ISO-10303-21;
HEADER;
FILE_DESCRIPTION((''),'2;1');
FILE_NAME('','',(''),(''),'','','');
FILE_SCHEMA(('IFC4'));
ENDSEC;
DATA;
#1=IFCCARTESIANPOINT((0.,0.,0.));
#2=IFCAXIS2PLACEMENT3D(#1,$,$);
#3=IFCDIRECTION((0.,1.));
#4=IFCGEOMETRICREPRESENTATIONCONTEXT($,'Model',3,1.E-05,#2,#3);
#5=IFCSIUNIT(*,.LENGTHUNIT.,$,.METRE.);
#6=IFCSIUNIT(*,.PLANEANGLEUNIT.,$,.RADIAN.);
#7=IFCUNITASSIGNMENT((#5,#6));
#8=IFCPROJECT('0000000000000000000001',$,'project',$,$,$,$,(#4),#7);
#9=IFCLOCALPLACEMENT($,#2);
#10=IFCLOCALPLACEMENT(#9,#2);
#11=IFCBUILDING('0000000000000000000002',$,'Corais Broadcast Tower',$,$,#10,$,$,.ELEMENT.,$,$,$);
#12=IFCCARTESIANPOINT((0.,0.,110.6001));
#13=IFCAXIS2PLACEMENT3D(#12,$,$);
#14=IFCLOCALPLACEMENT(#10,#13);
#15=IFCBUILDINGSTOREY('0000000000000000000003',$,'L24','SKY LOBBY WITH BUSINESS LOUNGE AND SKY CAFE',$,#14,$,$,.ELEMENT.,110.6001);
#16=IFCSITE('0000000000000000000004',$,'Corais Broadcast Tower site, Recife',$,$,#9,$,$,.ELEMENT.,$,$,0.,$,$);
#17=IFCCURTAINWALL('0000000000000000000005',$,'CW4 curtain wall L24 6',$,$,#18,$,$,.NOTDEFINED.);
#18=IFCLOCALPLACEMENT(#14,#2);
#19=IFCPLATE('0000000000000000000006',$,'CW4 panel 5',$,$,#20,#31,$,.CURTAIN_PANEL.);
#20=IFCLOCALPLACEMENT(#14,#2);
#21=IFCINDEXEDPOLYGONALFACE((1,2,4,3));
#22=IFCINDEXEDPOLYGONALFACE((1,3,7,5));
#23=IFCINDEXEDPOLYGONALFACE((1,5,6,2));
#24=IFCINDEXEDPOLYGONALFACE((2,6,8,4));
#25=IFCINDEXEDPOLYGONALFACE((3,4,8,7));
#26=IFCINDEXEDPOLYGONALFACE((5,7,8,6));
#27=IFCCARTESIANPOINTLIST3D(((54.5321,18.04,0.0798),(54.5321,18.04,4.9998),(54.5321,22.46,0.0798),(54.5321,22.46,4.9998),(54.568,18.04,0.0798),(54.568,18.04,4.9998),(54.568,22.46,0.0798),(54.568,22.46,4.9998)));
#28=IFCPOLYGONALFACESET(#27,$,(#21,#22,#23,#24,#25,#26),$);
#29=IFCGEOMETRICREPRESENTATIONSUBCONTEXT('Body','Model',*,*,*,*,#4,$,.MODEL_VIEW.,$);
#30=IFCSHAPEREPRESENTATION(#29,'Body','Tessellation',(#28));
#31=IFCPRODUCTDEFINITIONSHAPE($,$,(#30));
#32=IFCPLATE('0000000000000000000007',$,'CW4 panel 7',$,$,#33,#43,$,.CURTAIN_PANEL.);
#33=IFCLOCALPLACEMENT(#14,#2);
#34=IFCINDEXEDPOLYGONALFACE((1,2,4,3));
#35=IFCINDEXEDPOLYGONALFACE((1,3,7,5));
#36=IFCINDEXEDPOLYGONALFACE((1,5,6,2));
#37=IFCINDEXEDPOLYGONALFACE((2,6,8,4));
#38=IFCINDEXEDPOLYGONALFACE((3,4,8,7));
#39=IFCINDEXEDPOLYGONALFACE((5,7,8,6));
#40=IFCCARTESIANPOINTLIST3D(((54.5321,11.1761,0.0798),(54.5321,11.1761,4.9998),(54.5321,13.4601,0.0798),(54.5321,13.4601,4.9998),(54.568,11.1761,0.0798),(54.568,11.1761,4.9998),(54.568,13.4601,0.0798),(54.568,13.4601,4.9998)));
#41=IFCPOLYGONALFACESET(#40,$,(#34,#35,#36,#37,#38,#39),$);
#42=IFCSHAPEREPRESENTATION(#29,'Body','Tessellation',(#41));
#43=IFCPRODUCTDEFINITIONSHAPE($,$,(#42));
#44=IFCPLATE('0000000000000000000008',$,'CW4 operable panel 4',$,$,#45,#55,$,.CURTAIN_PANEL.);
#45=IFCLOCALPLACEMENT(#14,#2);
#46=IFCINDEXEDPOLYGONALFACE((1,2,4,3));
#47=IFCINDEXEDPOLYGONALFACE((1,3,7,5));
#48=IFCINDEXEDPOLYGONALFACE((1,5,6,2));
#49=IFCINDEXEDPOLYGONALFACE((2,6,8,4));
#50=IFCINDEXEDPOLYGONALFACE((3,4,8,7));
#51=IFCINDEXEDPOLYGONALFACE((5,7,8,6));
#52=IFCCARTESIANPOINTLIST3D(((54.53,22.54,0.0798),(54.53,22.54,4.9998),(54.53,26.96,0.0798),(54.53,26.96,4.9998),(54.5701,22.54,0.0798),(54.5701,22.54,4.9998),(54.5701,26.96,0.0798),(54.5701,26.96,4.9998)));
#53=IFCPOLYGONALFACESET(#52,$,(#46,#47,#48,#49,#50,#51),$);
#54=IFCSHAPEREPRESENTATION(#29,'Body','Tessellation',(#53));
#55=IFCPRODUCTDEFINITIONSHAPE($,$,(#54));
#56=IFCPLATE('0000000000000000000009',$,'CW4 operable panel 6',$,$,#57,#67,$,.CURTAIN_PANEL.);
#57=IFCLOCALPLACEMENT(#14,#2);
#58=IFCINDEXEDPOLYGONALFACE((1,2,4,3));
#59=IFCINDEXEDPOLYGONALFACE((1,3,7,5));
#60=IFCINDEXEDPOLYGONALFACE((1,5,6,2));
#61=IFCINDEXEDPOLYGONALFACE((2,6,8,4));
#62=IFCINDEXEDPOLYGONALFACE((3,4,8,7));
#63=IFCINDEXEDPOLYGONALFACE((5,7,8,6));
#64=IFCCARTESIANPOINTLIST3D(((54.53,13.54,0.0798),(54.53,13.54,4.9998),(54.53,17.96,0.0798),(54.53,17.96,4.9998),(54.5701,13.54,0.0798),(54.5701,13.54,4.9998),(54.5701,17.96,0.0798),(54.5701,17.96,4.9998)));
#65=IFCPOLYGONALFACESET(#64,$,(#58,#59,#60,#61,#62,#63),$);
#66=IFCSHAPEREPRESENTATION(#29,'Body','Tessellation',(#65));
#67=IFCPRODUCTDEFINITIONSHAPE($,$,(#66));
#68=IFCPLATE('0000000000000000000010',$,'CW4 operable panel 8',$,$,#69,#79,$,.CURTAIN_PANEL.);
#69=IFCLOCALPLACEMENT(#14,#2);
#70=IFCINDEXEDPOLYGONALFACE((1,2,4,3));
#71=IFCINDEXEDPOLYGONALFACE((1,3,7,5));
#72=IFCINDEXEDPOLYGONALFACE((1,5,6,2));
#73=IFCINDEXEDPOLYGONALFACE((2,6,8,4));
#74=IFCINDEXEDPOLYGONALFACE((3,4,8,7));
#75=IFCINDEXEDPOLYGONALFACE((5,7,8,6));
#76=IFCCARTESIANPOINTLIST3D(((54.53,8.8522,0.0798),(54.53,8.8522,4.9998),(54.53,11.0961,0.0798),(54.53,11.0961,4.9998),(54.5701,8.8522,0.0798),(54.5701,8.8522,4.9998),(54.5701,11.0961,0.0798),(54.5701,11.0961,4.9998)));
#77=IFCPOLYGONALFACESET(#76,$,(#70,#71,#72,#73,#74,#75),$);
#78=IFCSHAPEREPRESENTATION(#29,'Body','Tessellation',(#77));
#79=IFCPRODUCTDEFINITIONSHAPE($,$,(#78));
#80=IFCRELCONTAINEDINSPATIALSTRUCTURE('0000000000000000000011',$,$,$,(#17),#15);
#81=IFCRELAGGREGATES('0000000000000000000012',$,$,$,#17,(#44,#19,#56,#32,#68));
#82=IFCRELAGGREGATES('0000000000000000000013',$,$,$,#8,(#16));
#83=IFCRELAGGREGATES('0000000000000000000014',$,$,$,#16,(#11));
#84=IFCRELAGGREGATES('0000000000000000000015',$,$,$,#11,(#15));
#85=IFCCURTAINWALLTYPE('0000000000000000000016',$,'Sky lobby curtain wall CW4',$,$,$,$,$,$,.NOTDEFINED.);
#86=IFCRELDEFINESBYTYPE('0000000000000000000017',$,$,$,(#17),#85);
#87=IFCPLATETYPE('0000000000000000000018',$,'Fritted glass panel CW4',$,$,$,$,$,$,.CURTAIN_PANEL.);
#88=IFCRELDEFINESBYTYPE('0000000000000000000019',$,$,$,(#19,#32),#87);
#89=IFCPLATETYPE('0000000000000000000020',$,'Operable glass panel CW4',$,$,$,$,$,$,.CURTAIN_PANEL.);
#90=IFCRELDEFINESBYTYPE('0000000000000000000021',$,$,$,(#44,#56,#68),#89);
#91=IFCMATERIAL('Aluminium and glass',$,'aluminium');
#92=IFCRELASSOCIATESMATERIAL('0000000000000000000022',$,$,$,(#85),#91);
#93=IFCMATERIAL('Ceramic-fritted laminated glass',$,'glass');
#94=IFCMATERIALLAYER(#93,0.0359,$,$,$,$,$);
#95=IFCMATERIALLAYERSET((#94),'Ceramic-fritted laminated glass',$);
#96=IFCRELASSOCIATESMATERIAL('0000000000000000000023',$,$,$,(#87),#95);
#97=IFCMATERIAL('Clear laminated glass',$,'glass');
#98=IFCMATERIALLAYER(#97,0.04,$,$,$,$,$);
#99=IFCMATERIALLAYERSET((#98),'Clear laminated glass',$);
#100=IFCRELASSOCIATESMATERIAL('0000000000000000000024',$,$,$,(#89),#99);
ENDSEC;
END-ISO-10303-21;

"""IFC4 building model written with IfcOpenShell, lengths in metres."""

from ifc_helpers import new_model, si_unit, direction, frame, origin, origin_2d, place, context, subcontext, project, spatial, rectangle, extrude, material, layer, layer_set, type_object, element, aggregate, save


model = new_model("IFC4")

# Units and contexts
model_context = context("Model", 3, precision=1e-05, world=origin(), true_north=direction((0.0, 1.0)))
body_context = subcontext(model_context, "Body", "Model", "MODEL_VIEW")
ifc_project = project(units=[si_unit("LENGTHUNIT", "METRE"), si_unit("PLANEANGLEUNIT", "RADIAN")], contexts=[model_context])

# Site, building, storey
site_placement = place(None, origin())
site = spatial("IfcSite", under=ifc_project, at=site_placement, Name="Corais Broadcast Tower site, Recife", CompositionType="ELEMENT", RefElevation=0.0)
building_placement = place(site_placement, origin())
building = spatial("IfcBuilding", under=site, at=building_placement, Name="Corais Broadcast Tower", CompositionType="ELEMENT")
storey_placement = place(building_placement, frame((0.0, 0.0, 110.6001)))
storey = spatial("IfcBuildingStorey", under=building, at=storey_placement, Name="L24", Description="SKY LOBBY WITH BUSINESS LOUNGE AND SKY CAFE", CompositionType="ELEMENT", Elevation=110.6001)

# Curtain wall
ifc_material_1 = material(Name="Aluminium and glass", Category="aluminium")
curtain_wall_type = type_object("IfcCurtainWallType", Name="Sky lobby curtain wall CW4", PredefinedType="NOTDEFINED", material=ifc_material_1)
curtain_wall_placement = place(storey_placement, origin())
curtain_wall = element("IfcCurtainWall", 1, at=curtain_wall_placement, inside=storey, type_object=curtain_wall_type, Name="CW4 curtain wall L24 6", PredefinedType="NOTDEFINED")

# Plates
ifc_material_2 = material(Name="Ceramic-fritted laminated glass", Category="glass")
ifc_layer_1 = layer(ifc_material_2, 0.0359)
ifc_layer_set_1 = layer_set([ifc_layer_1], Name="Ceramic-fritted laminated glass")
plate_type_1 = type_object("IfcPlateType", Name="Fritted glass panel CW4", PredefinedType="CURTAIN_PANEL", material=ifc_layer_set_1)
plate_1_placement = place(storey_placement, frame((54.55, 20.25, 0.0798), z_axis=(0.0, 0.0, 1.0), x_axis=(0.0, -1.0, 0.0)))
plate_1 = element("IfcPlate", 2, at=plate_1_placement, type_object=plate_type_1, Name="CW4 panel 5", PredefinedType="CURTAIN_PANEL", context=body_context, shape_type="SweptSolid", body=[
    extrude(rectangle(XDim=4.4199, YDim=0.0359, at=origin_2d()), origin(), (0.0, 0.0, 1.0), 4.9199),
])
plate_2_placement = place(storey_placement, frame((54.55, 12.3181, 0.0798), z_axis=(0.0, 0.0, 1.0), x_axis=(0.0, -1.0, 0.0)))
plate_2 = element("IfcPlate", 3, at=plate_2_placement, type_object=plate_type_1, Name="CW4 panel 7", PredefinedType="CURTAIN_PANEL", context=body_context, shape_type="SweptSolid", body=[
    extrude(rectangle(XDim=2.2839, YDim=0.0359, at=origin_2d()), origin(), (0.0, 0.0, 1.0), 4.9199),
])
ifc_material_3 = material(Name="Clear laminated glass", Category="glass")
ifc_layer_2 = layer(ifc_material_3, 0.04)
ifc_layer_set_2 = layer_set([ifc_layer_2], Name="Clear laminated glass")
plate_type_2 = type_object("IfcPlateType", Name="Operable glass panel CW4", PredefinedType="CURTAIN_PANEL", material=ifc_layer_set_2)
plate_3_placement = place(storey_placement, frame((54.55, 24.75, 0.0798), z_axis=(0.0, 0.0, 1.0), x_axis=(0.0, -1.0, 0.0)))
plate_3 = element("IfcPlate", 4, at=plate_3_placement, type_object=plate_type_2, Name="CW4 operable panel 4", PredefinedType="CURTAIN_PANEL", context=body_context, shape_type="SweptSolid", body=[
    extrude(rectangle(XDim=4.4199, YDim=0.04, at=origin_2d()), origin(), (0.0, 0.0, 1.0), 4.9199),
])
plate_4_placement = place(storey_placement, frame((54.55, 15.75, 0.0798), z_axis=(0.0, 0.0, 1.0), x_axis=(0.0, -1.0, 0.0)))
plate_4 = element("IfcPlate", 5, at=plate_4_placement, type_object=plate_type_2, Name="CW4 operable panel 6", PredefinedType="CURTAIN_PANEL", context=body_context, shape_type="SweptSolid", body=[
    extrude(rectangle(XDim=4.4199, YDim=0.04, at=origin_2d()), origin(), (0.0, 0.0, 1.0), 4.9199),
])
plate_5_placement = place(storey_placement, frame((54.55, 9.9741, 0.0798), z_axis=(0.0, 0.0, 1.0), x_axis=(0.0, -1.0, 0.0)))
plate_5 = element("IfcPlate", 6, at=plate_5_placement, type_object=plate_type_2, Name="CW4 operable panel 8", PredefinedType="CURTAIN_PANEL", context=body_context, shape_type="SweptSolid", body=[
    extrude(rectangle(XDim=2.2439, YDim=0.04, at=origin_2d()), origin(), (0.0, 0.0, 1.0), 4.9199),
])
aggregate(curtain_wall, [plate_3, plate_1, plate_4, plate_2, plate_5])

save(model, "model.ifc")
